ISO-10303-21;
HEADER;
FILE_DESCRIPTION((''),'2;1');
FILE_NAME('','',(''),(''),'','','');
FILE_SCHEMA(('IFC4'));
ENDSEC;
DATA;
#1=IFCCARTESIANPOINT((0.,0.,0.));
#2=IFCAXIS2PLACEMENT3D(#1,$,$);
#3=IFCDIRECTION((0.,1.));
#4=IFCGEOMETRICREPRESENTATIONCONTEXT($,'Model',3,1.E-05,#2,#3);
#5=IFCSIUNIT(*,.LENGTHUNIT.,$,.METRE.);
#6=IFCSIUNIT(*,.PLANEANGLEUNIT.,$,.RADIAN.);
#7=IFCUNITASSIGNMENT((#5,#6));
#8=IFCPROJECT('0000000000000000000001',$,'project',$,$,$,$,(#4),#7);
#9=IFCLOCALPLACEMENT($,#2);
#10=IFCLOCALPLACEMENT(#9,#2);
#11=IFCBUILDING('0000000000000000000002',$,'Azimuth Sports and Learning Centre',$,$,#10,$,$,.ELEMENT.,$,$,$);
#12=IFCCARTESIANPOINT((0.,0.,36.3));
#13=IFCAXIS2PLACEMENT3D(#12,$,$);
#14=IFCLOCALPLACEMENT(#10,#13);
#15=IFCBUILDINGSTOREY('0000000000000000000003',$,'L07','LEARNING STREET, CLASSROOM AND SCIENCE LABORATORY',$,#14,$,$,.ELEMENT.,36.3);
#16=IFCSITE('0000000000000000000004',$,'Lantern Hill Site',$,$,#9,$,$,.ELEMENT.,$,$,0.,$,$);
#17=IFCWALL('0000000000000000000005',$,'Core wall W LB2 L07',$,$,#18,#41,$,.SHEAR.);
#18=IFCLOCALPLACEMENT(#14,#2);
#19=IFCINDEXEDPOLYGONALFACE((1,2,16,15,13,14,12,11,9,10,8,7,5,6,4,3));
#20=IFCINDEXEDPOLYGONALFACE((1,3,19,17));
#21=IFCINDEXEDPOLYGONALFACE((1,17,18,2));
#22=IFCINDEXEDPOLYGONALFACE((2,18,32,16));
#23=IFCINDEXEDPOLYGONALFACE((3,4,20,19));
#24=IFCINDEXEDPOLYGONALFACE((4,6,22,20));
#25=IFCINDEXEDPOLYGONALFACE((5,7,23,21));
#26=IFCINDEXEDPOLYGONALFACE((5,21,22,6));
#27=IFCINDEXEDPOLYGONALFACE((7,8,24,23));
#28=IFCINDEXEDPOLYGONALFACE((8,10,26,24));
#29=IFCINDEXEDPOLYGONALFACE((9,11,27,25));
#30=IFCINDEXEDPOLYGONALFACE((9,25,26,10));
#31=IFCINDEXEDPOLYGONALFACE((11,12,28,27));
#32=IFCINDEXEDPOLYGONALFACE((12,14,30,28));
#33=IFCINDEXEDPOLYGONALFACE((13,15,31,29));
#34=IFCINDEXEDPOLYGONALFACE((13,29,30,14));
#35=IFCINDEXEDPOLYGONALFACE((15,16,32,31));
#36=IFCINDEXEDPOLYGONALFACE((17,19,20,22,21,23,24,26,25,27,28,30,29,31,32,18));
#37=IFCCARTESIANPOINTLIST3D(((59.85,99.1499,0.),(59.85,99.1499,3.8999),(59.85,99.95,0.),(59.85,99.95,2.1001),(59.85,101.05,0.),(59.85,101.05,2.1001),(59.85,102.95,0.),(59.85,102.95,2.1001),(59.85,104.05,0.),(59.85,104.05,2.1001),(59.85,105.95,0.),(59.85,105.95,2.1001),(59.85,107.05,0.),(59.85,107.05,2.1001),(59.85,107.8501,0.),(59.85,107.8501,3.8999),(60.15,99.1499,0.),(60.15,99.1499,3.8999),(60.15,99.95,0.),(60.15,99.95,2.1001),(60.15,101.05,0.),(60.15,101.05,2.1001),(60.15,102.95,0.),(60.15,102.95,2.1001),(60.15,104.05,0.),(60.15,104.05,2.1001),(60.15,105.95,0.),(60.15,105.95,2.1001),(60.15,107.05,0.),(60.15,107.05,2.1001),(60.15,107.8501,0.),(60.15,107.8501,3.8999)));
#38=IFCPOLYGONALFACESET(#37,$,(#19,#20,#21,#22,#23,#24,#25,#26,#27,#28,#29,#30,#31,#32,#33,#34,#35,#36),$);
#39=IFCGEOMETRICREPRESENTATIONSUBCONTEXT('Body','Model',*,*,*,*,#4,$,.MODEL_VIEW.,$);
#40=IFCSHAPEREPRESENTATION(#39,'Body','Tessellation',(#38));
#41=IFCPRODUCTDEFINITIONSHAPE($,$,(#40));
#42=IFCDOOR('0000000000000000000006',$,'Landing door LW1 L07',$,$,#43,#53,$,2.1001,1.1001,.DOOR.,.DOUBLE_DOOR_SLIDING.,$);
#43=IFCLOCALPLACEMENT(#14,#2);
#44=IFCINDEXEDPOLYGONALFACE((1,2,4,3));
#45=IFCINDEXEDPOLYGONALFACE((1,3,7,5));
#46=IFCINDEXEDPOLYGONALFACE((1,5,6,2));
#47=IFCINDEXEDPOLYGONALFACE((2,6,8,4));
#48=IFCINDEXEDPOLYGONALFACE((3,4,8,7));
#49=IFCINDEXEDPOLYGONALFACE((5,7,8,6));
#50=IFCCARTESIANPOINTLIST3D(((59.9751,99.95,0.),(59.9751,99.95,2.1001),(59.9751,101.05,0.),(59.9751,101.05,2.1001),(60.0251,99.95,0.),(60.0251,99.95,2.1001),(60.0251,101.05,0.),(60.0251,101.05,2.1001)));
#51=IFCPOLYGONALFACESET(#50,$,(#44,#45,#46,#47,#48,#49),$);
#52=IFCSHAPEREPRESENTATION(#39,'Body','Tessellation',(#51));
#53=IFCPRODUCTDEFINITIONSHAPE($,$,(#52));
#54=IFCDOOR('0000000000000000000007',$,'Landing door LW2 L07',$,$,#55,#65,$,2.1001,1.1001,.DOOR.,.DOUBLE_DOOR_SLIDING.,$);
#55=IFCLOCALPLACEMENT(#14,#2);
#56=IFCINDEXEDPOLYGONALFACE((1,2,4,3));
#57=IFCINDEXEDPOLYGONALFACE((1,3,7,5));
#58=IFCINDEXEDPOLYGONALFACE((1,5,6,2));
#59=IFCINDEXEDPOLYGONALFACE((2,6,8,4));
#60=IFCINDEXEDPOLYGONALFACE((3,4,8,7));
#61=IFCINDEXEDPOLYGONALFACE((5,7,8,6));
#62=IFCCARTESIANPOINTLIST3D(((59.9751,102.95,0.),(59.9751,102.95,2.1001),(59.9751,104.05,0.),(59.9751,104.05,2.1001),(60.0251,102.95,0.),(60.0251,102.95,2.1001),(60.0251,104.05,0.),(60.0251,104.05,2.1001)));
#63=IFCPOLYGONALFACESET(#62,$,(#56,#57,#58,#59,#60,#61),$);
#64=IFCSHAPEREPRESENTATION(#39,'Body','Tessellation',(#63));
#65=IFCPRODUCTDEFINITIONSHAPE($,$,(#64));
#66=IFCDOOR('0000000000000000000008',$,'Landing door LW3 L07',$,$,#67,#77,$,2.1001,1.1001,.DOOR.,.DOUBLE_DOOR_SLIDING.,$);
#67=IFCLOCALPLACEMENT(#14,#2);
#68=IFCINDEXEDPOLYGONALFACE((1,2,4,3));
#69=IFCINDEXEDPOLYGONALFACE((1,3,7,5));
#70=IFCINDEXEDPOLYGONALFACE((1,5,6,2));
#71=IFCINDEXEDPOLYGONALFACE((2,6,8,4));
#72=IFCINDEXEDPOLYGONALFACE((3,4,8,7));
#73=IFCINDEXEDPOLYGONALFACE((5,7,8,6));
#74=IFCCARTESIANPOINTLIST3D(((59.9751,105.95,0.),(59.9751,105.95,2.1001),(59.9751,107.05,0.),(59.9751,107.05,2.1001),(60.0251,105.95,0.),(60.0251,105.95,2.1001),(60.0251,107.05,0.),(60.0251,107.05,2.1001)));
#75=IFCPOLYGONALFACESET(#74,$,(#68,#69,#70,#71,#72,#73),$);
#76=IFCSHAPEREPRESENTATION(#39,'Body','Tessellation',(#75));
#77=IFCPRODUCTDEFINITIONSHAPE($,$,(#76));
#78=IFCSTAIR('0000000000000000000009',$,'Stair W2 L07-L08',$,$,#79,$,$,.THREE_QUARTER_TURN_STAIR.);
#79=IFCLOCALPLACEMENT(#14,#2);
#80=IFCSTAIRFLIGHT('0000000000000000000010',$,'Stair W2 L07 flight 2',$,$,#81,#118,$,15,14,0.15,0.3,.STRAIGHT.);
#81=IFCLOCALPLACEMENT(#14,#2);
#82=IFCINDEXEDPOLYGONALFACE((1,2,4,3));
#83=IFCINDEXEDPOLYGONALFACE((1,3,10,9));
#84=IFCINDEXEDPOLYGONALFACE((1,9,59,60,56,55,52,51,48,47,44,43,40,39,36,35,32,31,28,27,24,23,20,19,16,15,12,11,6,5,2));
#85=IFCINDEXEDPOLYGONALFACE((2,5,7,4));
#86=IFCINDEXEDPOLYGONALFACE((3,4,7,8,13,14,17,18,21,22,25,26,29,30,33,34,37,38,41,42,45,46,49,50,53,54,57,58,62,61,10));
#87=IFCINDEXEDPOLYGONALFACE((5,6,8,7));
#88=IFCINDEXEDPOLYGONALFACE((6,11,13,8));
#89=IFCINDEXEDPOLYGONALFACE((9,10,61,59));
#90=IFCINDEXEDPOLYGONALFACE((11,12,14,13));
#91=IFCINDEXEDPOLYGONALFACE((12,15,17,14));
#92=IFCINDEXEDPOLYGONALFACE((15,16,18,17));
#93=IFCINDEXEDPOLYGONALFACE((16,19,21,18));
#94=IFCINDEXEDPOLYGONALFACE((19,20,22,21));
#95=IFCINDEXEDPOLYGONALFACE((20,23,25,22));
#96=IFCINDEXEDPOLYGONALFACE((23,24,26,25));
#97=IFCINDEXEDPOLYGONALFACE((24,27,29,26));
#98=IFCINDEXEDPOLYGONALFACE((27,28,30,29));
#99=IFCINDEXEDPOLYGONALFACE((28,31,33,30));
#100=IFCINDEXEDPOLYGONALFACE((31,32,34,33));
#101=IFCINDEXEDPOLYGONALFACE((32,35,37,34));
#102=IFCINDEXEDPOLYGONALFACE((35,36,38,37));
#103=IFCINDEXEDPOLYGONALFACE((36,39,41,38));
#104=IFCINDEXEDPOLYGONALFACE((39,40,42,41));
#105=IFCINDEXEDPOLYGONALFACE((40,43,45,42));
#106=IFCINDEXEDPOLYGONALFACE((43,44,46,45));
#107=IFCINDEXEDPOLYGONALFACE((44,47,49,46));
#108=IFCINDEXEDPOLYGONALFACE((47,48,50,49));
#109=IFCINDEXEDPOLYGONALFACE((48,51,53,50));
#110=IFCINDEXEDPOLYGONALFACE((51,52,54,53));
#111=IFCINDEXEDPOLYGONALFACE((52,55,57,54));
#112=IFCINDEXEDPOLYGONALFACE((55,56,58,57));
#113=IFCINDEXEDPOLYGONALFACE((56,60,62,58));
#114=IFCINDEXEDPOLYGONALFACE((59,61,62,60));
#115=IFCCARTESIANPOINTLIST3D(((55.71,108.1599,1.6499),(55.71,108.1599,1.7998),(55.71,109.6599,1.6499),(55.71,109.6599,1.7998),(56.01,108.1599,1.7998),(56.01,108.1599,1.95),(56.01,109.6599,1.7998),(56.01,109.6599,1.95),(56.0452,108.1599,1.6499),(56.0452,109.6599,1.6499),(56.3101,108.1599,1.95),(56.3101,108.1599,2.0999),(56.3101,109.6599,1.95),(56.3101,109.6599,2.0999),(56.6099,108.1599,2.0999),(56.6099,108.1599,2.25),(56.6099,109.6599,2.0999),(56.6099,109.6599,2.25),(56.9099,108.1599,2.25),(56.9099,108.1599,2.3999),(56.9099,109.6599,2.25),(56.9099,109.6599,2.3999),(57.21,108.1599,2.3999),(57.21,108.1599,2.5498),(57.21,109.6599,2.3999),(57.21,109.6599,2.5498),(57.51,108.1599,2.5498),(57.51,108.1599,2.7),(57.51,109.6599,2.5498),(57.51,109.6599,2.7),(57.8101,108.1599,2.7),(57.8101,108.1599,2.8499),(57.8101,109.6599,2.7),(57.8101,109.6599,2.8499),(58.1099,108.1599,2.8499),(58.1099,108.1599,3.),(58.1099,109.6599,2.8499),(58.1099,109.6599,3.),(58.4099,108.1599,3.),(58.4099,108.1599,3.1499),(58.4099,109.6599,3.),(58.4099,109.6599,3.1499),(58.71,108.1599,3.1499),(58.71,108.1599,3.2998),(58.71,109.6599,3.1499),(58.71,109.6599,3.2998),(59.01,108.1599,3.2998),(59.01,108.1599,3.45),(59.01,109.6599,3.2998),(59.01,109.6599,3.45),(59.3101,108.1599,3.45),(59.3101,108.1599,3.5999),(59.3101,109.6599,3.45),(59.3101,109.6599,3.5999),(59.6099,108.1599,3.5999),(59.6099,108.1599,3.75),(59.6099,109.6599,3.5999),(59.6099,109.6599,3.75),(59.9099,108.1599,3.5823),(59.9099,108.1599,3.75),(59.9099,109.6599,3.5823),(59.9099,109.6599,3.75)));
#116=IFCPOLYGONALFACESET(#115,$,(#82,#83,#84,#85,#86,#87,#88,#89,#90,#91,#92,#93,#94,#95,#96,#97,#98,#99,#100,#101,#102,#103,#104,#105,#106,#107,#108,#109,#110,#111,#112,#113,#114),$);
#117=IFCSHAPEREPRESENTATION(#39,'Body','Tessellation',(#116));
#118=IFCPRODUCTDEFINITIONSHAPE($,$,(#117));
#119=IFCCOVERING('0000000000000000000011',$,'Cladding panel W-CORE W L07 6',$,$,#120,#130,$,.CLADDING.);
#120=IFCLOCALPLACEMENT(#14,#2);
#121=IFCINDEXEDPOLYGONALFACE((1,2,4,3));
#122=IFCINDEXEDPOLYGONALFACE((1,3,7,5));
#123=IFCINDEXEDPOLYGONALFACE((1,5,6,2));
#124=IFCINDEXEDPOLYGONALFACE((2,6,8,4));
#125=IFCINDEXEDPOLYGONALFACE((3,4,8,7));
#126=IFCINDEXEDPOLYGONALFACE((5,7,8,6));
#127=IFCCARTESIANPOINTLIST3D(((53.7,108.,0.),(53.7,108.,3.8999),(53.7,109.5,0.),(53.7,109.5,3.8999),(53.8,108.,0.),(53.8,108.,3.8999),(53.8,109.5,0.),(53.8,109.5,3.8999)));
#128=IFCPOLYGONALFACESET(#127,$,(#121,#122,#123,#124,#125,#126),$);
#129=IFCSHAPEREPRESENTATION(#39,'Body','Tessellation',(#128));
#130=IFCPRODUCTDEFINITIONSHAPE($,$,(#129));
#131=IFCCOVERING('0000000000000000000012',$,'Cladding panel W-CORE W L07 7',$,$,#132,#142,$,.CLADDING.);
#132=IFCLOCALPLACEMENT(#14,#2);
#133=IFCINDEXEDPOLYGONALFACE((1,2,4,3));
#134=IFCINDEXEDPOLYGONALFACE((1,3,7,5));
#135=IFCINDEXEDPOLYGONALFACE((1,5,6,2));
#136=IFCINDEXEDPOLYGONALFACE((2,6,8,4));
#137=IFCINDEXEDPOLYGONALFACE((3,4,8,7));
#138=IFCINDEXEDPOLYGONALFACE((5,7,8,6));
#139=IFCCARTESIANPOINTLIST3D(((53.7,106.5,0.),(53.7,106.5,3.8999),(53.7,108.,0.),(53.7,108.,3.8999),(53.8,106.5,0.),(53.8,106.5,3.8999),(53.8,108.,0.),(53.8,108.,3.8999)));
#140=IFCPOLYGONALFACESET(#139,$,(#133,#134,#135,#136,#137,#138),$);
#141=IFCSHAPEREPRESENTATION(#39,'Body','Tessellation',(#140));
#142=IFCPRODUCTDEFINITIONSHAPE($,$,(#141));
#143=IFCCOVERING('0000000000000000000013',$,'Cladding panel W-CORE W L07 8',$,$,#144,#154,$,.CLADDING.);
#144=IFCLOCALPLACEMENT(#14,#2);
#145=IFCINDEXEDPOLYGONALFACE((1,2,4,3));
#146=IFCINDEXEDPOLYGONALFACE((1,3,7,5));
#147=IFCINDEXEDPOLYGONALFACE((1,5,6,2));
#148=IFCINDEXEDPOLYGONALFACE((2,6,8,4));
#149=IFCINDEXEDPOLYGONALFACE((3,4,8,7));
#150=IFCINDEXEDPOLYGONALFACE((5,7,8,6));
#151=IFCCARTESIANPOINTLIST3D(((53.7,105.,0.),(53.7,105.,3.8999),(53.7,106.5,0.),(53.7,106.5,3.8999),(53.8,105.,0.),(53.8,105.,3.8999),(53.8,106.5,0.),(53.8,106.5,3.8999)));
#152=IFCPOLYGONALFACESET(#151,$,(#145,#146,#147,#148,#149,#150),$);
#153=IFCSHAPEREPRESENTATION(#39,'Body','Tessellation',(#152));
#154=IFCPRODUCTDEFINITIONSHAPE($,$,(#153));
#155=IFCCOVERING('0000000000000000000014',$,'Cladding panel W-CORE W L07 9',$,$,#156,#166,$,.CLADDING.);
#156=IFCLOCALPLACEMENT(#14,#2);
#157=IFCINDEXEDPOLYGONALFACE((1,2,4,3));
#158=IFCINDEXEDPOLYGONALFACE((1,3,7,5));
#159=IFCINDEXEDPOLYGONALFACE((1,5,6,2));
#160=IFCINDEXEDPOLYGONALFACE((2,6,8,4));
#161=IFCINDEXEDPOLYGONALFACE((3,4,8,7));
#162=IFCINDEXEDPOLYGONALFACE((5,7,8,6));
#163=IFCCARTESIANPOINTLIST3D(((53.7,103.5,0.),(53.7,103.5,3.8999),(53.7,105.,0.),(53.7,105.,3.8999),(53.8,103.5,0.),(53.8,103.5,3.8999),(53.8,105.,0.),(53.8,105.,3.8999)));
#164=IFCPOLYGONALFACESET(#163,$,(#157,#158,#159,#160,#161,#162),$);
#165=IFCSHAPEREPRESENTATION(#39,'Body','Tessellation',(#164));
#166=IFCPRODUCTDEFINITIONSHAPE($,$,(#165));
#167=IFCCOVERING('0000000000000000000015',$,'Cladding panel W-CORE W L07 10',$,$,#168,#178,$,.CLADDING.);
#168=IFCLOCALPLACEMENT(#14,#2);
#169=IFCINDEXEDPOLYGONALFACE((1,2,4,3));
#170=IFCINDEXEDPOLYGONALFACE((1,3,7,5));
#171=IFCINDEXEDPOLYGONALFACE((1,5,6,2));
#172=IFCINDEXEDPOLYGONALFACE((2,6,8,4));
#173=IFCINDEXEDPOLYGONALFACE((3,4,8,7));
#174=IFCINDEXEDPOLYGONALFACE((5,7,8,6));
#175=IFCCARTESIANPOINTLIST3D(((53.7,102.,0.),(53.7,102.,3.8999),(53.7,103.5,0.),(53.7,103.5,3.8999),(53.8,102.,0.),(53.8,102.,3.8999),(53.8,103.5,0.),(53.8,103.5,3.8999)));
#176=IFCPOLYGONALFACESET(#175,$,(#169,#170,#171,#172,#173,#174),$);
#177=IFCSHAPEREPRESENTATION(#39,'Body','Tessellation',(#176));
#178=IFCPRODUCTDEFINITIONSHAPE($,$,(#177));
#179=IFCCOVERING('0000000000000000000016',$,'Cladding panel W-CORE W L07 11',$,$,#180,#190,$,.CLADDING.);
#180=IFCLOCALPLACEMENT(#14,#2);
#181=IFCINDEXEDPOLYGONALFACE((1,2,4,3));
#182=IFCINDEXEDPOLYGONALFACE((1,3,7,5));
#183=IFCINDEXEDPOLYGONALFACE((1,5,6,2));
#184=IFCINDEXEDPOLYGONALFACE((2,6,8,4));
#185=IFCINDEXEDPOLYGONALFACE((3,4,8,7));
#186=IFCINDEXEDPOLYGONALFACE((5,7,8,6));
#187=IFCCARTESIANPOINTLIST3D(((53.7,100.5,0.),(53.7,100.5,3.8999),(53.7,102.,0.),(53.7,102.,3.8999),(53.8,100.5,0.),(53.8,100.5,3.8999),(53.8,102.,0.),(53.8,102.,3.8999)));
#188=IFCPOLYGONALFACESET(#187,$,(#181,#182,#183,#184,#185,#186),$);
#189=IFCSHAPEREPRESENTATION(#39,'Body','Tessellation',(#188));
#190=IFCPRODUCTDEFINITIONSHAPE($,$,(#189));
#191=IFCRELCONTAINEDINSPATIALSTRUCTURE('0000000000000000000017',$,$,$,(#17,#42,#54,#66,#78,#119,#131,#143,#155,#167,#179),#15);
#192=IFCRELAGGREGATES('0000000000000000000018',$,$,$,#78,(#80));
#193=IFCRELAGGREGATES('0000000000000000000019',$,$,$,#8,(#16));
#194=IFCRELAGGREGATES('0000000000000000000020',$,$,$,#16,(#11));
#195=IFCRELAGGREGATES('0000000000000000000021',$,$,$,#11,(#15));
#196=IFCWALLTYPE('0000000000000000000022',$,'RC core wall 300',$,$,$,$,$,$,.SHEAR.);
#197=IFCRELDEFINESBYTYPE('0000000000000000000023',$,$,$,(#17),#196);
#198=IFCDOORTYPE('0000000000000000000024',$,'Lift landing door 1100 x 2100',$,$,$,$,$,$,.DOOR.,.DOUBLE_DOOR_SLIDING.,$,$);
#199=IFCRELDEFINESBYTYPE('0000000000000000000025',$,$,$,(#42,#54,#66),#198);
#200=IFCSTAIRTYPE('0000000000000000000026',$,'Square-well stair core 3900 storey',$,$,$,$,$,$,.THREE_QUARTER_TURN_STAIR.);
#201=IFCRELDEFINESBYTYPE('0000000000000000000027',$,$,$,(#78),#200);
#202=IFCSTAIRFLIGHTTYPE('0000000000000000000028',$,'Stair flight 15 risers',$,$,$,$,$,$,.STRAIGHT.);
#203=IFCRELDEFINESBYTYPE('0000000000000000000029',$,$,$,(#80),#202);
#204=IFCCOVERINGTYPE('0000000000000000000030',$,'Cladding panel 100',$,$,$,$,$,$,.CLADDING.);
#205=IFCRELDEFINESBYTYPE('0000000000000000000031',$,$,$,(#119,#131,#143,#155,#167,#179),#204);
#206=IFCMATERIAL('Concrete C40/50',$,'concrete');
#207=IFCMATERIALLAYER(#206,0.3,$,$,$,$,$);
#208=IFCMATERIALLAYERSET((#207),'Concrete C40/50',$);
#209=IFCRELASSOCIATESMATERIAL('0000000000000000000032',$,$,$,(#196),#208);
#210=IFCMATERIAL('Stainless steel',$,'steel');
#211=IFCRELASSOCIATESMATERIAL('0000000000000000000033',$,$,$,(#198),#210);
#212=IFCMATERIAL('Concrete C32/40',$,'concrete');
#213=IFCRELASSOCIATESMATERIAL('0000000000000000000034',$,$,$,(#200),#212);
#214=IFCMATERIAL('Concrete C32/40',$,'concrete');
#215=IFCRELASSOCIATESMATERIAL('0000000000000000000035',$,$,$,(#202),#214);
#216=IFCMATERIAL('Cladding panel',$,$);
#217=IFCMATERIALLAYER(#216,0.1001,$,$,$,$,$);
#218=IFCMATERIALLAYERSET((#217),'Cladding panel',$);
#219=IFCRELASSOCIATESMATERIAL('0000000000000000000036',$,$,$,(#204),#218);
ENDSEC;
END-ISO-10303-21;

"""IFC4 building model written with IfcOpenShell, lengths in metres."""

from ifc_helpers import new_model, si_unit, direction, frame, frame_2d, origin, origin_2d, place, context, subcontext, project, spatial, polyline, rectangle, outline, extrude, material, layer, layer_set, type_object, element, fill, aggregate, save


model = new_model("IFC4")

# Units and contexts
model_context = context("Model", 3, precision=1e-05, world=origin(), true_north=direction((0.0, 1.0)))
body_context = subcontext(model_context, "Body", "Model", "MODEL_VIEW")
ifc_project = project(units=[si_unit("LENGTHUNIT", "METRE"), si_unit("PLANEANGLEUNIT", "RADIAN")], contexts=[model_context])

# Site, building, storey
site_placement = place(None, origin())
site = spatial("IfcSite", under=ifc_project, at=site_placement, Name="Lantern Hill Site", CompositionType="ELEMENT", RefElevation=0.0)
building_placement = place(site_placement, origin())
building = spatial("IfcBuilding", under=site, at=building_placement, Name="Azimuth Sports and Learning Centre", CompositionType="ELEMENT")
storey_placement = place(building_placement, frame((0.0, 0.0, 36.3)))
storey = spatial("IfcBuildingStorey", under=building, at=storey_placement, Name="L07", Description="LEARNING STREET, CLASSROOM AND SCIENCE LABORATORY", CompositionType="ELEMENT", Elevation=36.3)

# Shared definitions
ifc_material_1 = material(Name="Concrete C40/50", Category="concrete")
ifc_layer_1 = layer(ifc_material_1, 0.3)
ifc_layer_set_1 = layer_set([ifc_layer_1], Name="Concrete C40/50")
wall_type_1 = type_object("IfcWallType", Name="RC core wall 300", PredefinedType="SHEAR", material=ifc_layer_set_1)

# Wall, openings, doors
wall_1_placement = place(storey_placement, frame((60.0, 99.1499, 0.0), z_axis=(0.0, 0.0, 1.0), x_axis=(0.0, 1.0, 0.0)))
wall_1 = element("IfcWall", 1, at=wall_1_placement, inside=storey, type_object=wall_type_1, Name="Core wall W LB2 L07", PredefinedType="SHEAR", context=body_context, shape_type="SweptSolid", body=[
    extrude(rectangle(XDim=8.7002, YDim=0.3, at=frame_2d((4.3501, 0.0))), origin(), (0.0, 0.0, 1.0), 3.8999),
])
opening_1_placement = place(wall_1_placement, frame((0.8, 0.0, 0.0)))
opening_1 = element("IfcOpeningElement", 2, at=opening_1_placement, cuts=wall_1, PredefinedType="OPENING", context=body_context, shape_type="SweptSolid", body=[
    extrude(rectangle(XDim=1.1001, YDim=2.1001, at=frame_2d((0.55, 1.05))), frame((0.0, 0.1611, 0.0), z_axis=(0.0, -1.0, 0.0), x_axis=(1.0, 0.0, 0.0)), (0.0, 0.0, 1.0), 0.322),
])
opening_2_placement = place(wall_1_placement, frame((3.8, 0.0, 0.0)))
opening_2 = element("IfcOpeningElement", 3, at=opening_2_placement, cuts=wall_1, PredefinedType="OPENING", context=body_context, shape_type="SweptSolid", body=[
    extrude(rectangle(XDim=1.1001, YDim=2.1001, at=frame_2d((0.55, 1.05))), frame((0.0, 0.1611, 0.0), z_axis=(0.0, -1.0, 0.0), x_axis=(1.0, 0.0, 0.0)), (0.0, 0.0, 1.0), 0.322),
])
opening_3_placement = place(wall_1_placement, frame((6.8, 0.0, 0.0)))
opening_3 = element("IfcOpeningElement", 4, at=opening_3_placement, cuts=wall_1, PredefinedType="OPENING", context=body_context, shape_type="SweptSolid", body=[
    extrude(rectangle(XDim=1.1001, YDim=2.1001, at=frame_2d((0.55, 1.05))), frame((0.0, 0.1611, 0.0), z_axis=(0.0, -1.0, 0.0), x_axis=(1.0, 0.0, 0.0)), (0.0, 0.0, 1.0), 0.322),
])
ifc_material_2 = material(Name="Stainless steel", Category="steel")
door_type_1 = type_object("IfcDoorType", Name="Lift landing door 1100 x 2100", OperationType="DOUBLE_DOOR_SLIDING", PredefinedType="DOOR", material=ifc_material_2)
door_1_placement = place(opening_1_placement, origin())
door_1 = element("IfcDoor", 5, at=door_1_placement, inside=storey, type_object=door_type_1, Name="Landing door LW1 L07", OperationType="DOUBLE_DOOR_SLIDING", OverallHeight=2.1001, OverallWidth=1.1001, PredefinedType="DOOR", context=body_context, shape_type="SweptSolid", body=[
    extrude(rectangle(XDim=1.1001, YDim=2.1001, at=frame_2d((0.55, 1.05))), frame((0.0, 0.0249, 0.0), z_axis=(0.0, -1.0, 0.0), x_axis=(1.0, 0.0, 0.0)), (0.0, 0.0, 1.0), 0.05),
])
fill(opening_1, door_1)
door_2_placement = place(opening_2_placement, origin())
door_2 = element("IfcDoor", 6, at=door_2_placement, inside=storey, type_object=door_type_1, Name="Landing door LW2 L07", OperationType="DOUBLE_DOOR_SLIDING", OverallHeight=2.1001, OverallWidth=1.1001, PredefinedType="DOOR", context=body_context, shape_type="SweptSolid", body=[
    extrude(rectangle(XDim=1.1001, YDim=2.1001, at=frame_2d((0.55, 1.05))), frame((0.0, 0.0249, 0.0), z_axis=(0.0, -1.0, 0.0), x_axis=(1.0, 0.0, 0.0)), (0.0, 0.0, 1.0), 0.05),
])
fill(opening_2, door_2)
door_3_placement = place(opening_3_placement, origin())
door_3 = element("IfcDoor", 7, at=door_3_placement, inside=storey, type_object=door_type_1, Name="Landing door LW3 L07", OperationType="DOUBLE_DOOR_SLIDING", OverallHeight=2.1001, OverallWidth=1.1001, PredefinedType="DOOR", context=body_context, shape_type="SweptSolid", body=[
    extrude(rectangle(XDim=1.1001, YDim=2.1001, at=frame_2d((0.55, 1.05))), frame((0.0, 0.0249, 0.0), z_axis=(0.0, -1.0, 0.0), x_axis=(1.0, 0.0, 0.0)), (0.0, 0.0, 1.0), 0.05),
])
fill(opening_3, door_3)

# Stair, stair flight
ifc_material_3 = material(Name="Concrete C32/40", Category="concrete")
stair_type = type_object("IfcStairType", Name="Square-well stair core 3900 storey", PredefinedType="THREE_QUARTER_TURN_STAIR", material=ifc_material_3)
stair_placement = place(storey_placement, origin())
stair = element("IfcStair", 8, at=stair_placement, inside=storey, type_object=stair_type, Name="Stair W2 L07-L08", PredefinedType="THREE_QUARTER_TURN_STAIR")
ifc_material_4 = material(Name="Concrete C32/40", Category="concrete")
stair_flight_type = type_object("IfcStairFlightType", Name="Stair flight 15 risers", PredefinedType="STRAIGHT", material=ifc_material_4)
stair_flight_placement = place(storey_placement, frame((55.71, 108.9099, 1.6499), z_axis=(0.0, 0.0, 1.0), x_axis=(1.0, 0.0, 0.0)))
stair_flight = element("IfcStairFlight", 9, at=stair_flight_placement, type_object=stair_flight_type, Name="Stair W2 L07 flight 2", NumberOfRisers=15, NumberOfTreads=14, PredefinedType="STRAIGHT", RiserHeight=0.15, TreadLength=0.3, context=body_context, shape_type="SweptSolid", body=[
    extrude(outline(polyline([(0.0, 0.0), (0.0, 0.1499), (0.3, 0.1499), (0.3, 0.3), (0.6001, 0.3), (0.6001, 0.45), (0.8999, 0.45), (0.8999, 0.6001), (1.2, 0.6001), (1.2, 0.75), (1.5, 0.75), (1.5, 0.8999), (1.8, 0.8999), (1.8, 1.05), (2.1001, 1.05), (2.1001, 1.2), (2.3999, 1.2), (2.3999, 1.3501), (2.7, 1.3501), (2.7, 1.5), (3.0, 1.5), (3.0, 1.6499), (3.3, 1.6499), (3.3, 1.8), (3.6001, 1.8), (3.6001, 1.95), (3.8999, 1.95), (3.8999, 2.1001), (4.2, 2.1001), (4.2, 2.25), (4.2, 1.9324), (0.3352, 0.0), (0.0, 0.0)])), frame((0.0, 0.75, 0.0), z_axis=(0.0, -1.0, 0.0), x_axis=(1.0, 0.0, 0.0)), (0.0, 0.0, 1.0), 1.5),
])
aggregate(stair, [stair_flight])

# Coverings
ifc_material_5 = material(Name="Cladding panel")
ifc_layer_2 = layer(ifc_material_5, 0.1001)
ifc_layer_set_2 = layer_set([ifc_layer_2], Name="Cladding panel")
covering_type = type_object("IfcCoveringType", Name="Cladding panel 100", PredefinedType="CLADDING", material=ifc_layer_set_2)
for number, where, z_axis, x_axis, name in (
    (10, (53.75, 108.75, 0.0), (0.0, 0.0, 1.0), (0.0, -1.0, 0.0), "Cladding panel W-CORE W L07 6"),
    (11, (53.75, 107.25, 0.0), (0.0, 0.0, 1.0), (0.0, -1.0, 0.0), "Cladding panel W-CORE W L07 7"),
    (12, (53.75, 105.75, 0.0), (0.0, 0.0, 1.0), (0.0, -1.0, 0.0), "Cladding panel W-CORE W L07 8"),
    (13, (53.75, 104.25, 0.0), (0.0, 0.0, 1.0), (0.0, -1.0, 0.0), "Cladding panel W-CORE W L07 9"),
    (14, (53.75, 102.75, 0.0), (0.0, 0.0, 1.0), (0.0, -1.0, 0.0), "Cladding panel W-CORE W L07 10"),
    (15, (53.75, 101.25, 0.0), (0.0, 0.0, 1.0), (0.0, -1.0, 0.0), "Cladding panel W-CORE W L07 11"),
):
    element("IfcCovering", number, at=place(storey_placement, frame(where, z_axis=z_axis, x_axis=x_axis)), inside=storey, type_object=covering_type, Name=name, PredefinedType="CLADDING", context=body_context, shape_type="SweptSolid", body=[
        extrude(rectangle(XDim=1.5, YDim=0.1001, at=origin_2d()), origin(), (0.0, 0.0, 1.0), 3.8999),
    ])

save(model, "model.ifc")
